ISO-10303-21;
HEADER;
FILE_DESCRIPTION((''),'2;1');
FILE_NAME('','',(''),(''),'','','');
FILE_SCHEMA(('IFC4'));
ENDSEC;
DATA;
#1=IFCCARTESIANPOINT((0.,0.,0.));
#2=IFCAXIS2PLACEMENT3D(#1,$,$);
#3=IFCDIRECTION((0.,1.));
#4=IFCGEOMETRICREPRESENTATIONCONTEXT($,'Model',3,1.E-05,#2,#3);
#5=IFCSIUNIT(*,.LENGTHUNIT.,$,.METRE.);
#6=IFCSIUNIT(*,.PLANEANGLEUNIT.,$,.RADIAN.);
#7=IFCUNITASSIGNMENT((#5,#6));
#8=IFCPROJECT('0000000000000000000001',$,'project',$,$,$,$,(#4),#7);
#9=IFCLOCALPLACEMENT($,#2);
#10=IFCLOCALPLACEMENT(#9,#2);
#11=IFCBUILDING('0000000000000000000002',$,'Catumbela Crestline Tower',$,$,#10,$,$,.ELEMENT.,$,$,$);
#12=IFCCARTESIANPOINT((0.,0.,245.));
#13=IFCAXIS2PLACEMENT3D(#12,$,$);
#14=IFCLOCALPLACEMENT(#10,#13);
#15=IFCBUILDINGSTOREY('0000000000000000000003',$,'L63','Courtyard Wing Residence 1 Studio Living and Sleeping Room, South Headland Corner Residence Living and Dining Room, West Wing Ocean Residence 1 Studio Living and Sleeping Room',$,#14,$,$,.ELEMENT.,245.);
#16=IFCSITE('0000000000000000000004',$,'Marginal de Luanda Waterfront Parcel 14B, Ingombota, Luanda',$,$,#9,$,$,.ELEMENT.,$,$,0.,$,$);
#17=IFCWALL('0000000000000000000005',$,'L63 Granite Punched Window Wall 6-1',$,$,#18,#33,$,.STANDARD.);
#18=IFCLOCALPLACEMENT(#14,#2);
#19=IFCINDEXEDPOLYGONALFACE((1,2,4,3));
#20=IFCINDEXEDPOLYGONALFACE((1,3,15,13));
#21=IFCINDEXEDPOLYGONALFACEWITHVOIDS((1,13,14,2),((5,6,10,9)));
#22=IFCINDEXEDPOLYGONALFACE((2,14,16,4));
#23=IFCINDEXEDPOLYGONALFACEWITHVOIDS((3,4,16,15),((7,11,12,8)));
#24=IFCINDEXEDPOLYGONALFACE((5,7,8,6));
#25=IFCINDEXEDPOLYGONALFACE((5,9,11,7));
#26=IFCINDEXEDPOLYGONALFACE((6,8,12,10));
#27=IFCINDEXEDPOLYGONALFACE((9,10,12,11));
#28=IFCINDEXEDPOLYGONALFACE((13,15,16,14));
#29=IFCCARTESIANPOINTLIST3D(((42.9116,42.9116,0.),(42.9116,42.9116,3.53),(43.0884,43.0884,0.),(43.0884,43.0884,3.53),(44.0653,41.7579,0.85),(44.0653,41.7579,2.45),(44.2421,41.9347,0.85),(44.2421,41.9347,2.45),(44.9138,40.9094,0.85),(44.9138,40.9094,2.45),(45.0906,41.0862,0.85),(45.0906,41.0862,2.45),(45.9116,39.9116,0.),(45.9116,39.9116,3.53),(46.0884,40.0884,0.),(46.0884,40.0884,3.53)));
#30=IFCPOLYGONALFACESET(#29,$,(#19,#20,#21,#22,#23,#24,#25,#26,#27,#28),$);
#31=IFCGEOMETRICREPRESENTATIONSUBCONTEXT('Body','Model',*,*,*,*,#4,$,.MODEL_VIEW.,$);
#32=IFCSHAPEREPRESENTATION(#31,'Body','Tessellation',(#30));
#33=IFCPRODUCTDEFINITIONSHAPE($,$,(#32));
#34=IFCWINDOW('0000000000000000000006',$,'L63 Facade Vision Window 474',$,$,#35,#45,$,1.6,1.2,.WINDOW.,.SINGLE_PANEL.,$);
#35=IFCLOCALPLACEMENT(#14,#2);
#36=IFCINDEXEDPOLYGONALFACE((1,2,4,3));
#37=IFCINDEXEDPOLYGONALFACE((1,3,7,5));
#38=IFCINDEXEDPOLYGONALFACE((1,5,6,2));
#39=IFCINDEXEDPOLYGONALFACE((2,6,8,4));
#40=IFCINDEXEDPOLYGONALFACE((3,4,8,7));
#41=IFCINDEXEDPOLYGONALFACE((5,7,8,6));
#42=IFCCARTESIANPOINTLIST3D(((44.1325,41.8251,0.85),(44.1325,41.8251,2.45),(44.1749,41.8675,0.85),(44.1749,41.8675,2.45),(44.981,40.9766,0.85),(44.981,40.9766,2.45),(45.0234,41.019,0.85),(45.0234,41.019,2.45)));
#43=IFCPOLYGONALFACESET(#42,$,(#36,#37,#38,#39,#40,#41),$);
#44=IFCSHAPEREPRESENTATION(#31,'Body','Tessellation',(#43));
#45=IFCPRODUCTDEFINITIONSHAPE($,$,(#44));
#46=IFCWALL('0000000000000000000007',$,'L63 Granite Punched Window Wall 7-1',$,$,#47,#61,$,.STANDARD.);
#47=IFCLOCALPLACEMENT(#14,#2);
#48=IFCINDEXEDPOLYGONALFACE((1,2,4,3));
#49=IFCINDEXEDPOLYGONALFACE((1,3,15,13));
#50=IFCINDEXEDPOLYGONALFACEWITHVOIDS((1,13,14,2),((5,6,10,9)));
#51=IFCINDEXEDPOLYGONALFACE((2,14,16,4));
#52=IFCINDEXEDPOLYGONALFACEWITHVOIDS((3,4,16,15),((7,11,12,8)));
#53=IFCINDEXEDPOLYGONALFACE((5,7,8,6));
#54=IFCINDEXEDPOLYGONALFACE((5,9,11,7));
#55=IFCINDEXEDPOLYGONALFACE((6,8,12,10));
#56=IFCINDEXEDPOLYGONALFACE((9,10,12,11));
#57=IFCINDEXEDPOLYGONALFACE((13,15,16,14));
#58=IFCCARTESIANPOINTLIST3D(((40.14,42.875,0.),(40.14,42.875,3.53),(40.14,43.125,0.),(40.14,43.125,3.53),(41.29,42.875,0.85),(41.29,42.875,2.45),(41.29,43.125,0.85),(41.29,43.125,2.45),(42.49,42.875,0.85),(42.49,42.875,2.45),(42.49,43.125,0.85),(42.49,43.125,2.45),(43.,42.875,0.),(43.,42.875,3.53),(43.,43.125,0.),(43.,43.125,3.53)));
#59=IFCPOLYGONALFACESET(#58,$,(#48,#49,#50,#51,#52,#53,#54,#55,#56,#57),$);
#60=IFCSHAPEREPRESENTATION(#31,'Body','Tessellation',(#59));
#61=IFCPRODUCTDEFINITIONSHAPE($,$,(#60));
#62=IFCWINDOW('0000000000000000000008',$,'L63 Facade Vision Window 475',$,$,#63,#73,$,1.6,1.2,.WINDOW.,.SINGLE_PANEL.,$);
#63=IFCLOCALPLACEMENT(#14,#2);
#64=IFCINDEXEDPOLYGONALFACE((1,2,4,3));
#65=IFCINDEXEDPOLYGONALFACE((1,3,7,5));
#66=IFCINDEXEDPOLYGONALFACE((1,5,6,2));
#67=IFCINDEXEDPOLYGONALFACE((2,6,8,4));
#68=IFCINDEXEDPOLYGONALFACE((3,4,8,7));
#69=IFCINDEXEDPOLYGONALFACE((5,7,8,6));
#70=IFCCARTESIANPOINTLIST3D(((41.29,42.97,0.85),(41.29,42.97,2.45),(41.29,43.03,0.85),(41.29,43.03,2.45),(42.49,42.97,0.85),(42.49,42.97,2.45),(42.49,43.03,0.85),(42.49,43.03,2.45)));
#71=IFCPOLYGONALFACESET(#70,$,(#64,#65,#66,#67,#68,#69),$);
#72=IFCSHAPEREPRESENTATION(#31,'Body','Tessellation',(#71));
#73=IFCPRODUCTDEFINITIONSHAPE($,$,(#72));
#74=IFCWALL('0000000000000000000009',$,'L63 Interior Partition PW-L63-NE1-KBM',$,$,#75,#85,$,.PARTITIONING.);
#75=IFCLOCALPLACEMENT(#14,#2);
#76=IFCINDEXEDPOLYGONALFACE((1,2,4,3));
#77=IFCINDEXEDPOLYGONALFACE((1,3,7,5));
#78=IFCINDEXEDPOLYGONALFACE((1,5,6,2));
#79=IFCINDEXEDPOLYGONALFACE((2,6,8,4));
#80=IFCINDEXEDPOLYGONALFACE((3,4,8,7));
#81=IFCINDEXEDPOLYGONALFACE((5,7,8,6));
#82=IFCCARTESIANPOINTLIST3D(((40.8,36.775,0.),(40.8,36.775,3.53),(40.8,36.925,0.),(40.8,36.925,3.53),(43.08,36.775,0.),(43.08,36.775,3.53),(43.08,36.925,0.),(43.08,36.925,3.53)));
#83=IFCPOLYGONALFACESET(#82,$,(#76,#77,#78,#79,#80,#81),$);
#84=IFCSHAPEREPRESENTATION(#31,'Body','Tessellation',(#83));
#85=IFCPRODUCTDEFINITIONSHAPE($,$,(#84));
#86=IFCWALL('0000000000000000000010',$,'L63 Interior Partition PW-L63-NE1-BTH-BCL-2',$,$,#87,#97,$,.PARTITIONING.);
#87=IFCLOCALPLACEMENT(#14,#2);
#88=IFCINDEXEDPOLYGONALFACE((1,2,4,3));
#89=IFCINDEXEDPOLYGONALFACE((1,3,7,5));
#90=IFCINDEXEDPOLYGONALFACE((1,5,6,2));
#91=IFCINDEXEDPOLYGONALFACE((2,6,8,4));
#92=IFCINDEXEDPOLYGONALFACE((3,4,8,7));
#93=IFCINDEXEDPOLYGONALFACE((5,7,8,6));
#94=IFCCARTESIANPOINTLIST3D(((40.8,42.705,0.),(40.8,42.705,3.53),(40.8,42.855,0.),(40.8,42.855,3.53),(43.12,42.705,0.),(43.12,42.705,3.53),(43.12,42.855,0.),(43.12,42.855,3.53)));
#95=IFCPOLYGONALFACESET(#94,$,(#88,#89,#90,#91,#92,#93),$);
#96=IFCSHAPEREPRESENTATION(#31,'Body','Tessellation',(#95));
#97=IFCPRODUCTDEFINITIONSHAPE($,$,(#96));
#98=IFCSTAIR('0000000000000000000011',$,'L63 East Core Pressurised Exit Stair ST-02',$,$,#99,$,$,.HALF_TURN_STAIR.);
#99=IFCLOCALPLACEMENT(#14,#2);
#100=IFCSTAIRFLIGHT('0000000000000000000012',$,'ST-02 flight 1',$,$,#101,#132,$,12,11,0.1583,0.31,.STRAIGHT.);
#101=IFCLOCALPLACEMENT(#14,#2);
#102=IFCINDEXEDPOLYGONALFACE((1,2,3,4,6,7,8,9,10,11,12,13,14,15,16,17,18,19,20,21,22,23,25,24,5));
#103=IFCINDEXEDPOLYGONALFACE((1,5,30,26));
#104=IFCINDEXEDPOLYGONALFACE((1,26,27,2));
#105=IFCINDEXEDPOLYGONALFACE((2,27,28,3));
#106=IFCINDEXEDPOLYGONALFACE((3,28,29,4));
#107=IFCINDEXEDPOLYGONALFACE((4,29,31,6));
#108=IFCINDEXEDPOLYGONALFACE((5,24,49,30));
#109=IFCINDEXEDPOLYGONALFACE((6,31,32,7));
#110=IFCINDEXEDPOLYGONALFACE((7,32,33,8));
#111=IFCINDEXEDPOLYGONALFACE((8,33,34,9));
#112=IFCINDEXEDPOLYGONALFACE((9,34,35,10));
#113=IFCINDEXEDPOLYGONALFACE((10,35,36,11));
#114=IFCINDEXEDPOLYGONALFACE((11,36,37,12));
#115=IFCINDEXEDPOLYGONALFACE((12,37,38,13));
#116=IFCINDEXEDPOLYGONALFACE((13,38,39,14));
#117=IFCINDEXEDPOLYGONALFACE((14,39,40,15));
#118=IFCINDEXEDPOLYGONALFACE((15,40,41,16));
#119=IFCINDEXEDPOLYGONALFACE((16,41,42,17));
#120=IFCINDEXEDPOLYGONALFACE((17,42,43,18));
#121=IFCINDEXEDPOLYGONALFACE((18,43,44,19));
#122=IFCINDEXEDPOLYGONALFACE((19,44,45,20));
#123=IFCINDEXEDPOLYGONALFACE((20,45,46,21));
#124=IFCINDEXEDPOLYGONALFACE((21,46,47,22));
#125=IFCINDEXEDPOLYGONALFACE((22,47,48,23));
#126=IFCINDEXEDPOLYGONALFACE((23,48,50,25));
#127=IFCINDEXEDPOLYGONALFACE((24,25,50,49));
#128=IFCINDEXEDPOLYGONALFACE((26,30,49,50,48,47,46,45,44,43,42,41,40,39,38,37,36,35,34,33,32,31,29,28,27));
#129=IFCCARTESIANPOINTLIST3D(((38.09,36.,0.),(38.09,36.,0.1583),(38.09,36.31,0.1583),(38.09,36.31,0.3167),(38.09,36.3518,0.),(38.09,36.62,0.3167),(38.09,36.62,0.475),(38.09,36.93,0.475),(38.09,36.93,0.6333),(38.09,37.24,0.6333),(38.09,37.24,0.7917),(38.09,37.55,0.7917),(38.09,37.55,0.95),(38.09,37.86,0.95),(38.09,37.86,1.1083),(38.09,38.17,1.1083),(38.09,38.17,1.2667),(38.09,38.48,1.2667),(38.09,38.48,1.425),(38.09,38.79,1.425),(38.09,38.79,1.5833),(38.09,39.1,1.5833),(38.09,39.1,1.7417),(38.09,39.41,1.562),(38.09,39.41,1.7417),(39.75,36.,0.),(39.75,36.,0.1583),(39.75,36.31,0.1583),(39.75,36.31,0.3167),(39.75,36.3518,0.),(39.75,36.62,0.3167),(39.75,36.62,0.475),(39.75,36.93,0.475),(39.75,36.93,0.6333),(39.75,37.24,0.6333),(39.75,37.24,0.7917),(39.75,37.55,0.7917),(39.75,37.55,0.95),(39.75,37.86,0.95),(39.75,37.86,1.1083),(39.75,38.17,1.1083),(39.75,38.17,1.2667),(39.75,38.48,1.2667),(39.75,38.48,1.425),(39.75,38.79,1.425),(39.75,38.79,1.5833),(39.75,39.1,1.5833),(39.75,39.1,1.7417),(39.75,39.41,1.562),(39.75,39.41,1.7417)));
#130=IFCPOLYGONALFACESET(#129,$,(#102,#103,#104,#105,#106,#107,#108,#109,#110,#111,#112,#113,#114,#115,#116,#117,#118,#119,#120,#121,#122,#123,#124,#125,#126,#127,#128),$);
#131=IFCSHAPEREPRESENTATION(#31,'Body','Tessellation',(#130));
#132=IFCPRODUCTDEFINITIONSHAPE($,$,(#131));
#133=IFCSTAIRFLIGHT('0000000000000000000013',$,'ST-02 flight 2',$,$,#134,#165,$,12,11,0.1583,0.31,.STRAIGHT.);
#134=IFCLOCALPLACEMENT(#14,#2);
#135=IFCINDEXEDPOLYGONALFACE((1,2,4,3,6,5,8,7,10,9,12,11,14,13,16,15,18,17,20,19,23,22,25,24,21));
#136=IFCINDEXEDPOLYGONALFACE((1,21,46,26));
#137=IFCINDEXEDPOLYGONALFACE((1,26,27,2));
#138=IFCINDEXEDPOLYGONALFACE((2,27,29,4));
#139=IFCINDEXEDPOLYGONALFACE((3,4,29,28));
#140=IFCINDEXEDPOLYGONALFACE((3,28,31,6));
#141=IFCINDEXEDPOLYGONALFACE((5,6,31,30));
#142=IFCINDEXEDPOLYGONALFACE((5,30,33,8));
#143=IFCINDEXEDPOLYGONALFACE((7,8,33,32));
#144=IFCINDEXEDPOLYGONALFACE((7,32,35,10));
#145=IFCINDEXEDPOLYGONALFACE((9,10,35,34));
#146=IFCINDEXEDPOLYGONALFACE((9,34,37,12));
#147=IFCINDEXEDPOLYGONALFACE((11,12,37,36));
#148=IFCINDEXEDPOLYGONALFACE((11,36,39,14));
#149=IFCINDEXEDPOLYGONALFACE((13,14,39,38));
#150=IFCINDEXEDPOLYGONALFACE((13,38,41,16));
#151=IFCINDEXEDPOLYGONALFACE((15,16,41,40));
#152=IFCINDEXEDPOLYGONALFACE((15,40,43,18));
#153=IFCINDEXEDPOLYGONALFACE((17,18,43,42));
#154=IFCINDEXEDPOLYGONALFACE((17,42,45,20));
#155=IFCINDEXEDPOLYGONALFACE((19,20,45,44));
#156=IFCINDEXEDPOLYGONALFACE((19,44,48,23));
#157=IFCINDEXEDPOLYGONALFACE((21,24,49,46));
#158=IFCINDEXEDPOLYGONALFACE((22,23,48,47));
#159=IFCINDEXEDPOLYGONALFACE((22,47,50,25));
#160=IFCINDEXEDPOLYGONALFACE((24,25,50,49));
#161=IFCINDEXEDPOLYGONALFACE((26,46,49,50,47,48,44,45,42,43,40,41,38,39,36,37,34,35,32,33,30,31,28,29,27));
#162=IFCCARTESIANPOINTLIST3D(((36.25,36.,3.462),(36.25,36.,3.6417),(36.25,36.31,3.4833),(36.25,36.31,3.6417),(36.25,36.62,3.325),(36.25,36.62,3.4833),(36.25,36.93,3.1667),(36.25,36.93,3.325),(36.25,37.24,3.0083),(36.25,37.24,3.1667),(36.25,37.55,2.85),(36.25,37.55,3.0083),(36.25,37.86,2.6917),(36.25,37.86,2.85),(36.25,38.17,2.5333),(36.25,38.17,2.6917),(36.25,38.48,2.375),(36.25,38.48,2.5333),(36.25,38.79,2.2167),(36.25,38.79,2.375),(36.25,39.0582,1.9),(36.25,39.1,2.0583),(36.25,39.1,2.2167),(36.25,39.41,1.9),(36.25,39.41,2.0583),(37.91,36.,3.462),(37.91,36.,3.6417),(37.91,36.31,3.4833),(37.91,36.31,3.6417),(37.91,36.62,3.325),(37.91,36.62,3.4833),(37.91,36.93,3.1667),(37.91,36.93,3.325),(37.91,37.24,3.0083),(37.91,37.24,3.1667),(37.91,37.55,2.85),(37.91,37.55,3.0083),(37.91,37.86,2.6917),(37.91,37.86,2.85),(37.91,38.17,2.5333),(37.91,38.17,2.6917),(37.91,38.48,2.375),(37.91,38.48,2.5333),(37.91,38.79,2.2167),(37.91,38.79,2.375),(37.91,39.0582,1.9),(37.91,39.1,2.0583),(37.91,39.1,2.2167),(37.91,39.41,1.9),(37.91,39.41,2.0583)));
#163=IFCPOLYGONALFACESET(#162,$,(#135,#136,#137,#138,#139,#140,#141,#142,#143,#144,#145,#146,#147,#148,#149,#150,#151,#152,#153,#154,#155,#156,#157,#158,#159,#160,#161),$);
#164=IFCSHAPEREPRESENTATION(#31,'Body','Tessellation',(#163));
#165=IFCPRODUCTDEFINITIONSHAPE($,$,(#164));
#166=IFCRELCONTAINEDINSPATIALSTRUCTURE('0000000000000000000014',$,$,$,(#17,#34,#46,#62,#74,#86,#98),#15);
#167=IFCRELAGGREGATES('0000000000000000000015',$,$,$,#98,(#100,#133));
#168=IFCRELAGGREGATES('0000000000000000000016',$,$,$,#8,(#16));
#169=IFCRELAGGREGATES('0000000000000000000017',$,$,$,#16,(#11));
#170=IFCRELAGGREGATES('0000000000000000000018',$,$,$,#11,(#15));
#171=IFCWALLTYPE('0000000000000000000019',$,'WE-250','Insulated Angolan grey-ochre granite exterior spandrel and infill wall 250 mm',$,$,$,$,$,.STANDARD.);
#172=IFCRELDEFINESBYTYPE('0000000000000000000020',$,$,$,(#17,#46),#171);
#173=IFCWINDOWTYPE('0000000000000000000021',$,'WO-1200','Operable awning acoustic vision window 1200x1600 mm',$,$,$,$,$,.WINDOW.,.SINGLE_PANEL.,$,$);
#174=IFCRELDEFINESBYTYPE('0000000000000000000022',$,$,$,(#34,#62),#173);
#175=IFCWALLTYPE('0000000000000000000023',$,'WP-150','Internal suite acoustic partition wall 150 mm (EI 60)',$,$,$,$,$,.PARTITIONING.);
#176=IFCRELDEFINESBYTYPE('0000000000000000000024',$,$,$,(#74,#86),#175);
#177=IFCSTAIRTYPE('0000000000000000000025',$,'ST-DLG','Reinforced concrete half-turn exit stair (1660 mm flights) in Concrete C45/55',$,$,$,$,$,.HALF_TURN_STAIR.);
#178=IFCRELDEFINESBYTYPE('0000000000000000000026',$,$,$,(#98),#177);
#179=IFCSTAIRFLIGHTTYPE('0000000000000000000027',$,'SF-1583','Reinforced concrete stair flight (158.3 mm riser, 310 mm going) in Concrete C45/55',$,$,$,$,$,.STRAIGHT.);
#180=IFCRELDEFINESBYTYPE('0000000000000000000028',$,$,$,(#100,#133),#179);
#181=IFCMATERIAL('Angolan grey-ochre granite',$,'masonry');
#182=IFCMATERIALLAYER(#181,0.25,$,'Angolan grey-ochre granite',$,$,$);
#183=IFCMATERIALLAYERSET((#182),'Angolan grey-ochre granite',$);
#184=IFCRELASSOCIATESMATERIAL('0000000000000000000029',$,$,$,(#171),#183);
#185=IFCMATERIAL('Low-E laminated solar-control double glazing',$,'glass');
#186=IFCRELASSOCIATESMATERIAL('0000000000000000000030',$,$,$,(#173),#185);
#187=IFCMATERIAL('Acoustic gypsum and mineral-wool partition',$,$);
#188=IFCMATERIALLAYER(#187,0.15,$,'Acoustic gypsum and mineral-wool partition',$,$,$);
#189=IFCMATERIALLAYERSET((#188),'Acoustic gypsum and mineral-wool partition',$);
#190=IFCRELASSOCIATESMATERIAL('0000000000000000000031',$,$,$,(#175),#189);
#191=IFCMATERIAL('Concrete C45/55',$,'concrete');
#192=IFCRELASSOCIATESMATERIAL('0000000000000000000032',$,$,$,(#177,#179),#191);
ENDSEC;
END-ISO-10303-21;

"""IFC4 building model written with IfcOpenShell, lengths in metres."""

from ifc_helpers import new_model, si_unit, direction, frame, frame_2d, origin, place, context, subcontext, project, spatial, polyline, rectangle, outline, extrude, material, layer, layer_set, type_object, element, fill, aggregate, save


model = new_model("IFC4")

# Units and contexts
model_context = context("Model", 3, precision=1e-05, world=origin(), true_north=direction((0.0, 1.0)))
body_context = subcontext(model_context, "Body", "Model", "MODEL_VIEW")
ifc_project = project(units=[si_unit("LENGTHUNIT", "METRE"), si_unit("PLANEANGLEUNIT", "RADIAN")], contexts=[model_context])

# Site, building, storey
site_placement = place(None, origin())
site = spatial("IfcSite", under=ifc_project, at=site_placement, Name="Marginal de Luanda Waterfront Parcel 14B, Ingombota, Luanda", CompositionType="ELEMENT", RefElevation=0.0)
building_placement = place(site_placement, origin())
building = spatial("IfcBuilding", under=site, at=building_placement, Name="Catumbela Crestline Tower", CompositionType="ELEMENT")
storey_placement = place(building_placement, frame((0.0, 0.0, 245.0)))
storey = spatial("IfcBuildingStorey", under=building, at=storey_placement, Name="L63", Description="Courtyard Wing Residence 1 Studio Living and Sleeping Room, South Headland Corner Residence Living and Dining Room, West Wing Ocean Residence 1 Studio Living and Sleeping Room", CompositionType="ELEMENT", Elevation=245.0)

# Shared definitions
ifc_material_1 = material(Name="Low-E laminated solar-control double glazing", Category="glass")

# Walls, openings, windows
ifc_material_2 = material(Name="Angolan grey-ochre granite", Category="masonry")
ifc_layer_1 = layer(ifc_material_2, 0.25, Name="Angolan grey-ochre granite")
ifc_layer_set_1 = layer_set([ifc_layer_1], Name="Angolan grey-ochre granite")
wall_type_1 = type_object("IfcWallType", Name="WE-250", Description="Insulated Angolan grey-ochre granite exterior spandrel and infill wall 250 mm", PredefinedType="STANDARD", material=ifc_layer_set_1)
wall_1_placement = place(storey_placement, frame((46.0, 40.0, 0.0), z_axis=(0.0, 0.0, 1.0), x_axis=(-0.707107, 0.707107, 0.0)))
wall_1 = element("IfcWall", 1, at=wall_1_placement, inside=storey, type_object=wall_type_1, Name="L63 Granite Punched Window Wall 6-1", PredefinedType="STANDARD", context=body_context, shape_type="SweptSolid", body=[
    extrude(rectangle(XDim=4.2426, YDim=0.25, at=frame_2d((2.1213, 0.0))), origin(), (0.0, 0.0, 1.0), 3.53),
])
opening_1_placement = place(wall_1_placement, frame((1.4111, 0.0, 0.85)))
opening_1 = element("IfcOpeningElement", 2, at=opening_1_placement, cuts=wall_1, PredefinedType="OPENING", context=body_context, shape_type="SweptSolid", body=[
    extrude(rectangle(XDim=1.2, YDim=1.6, at=frame_2d((0.6, 0.8))), frame((0.0, 0.135, 0.0), z_axis=(0.0, -1.0, 0.0), x_axis=(1.0, 0.0, 0.0)), (0.0, 0.0, 1.0), 0.27),
])
window_type = type_object("IfcWindowType", Name="WO-1200", Description="Operable awning acoustic vision window 1200x1600 mm", PartitioningType="SINGLE_PANEL", PredefinedType="WINDOW", material=ifc_material_1)
window_1_placement = place(opening_1_placement, origin())
window_1 = element("IfcWindow", 3, at=window_1_placement, inside=storey, type_object=window_type, Name="L63 Facade Vision Window 474", OverallHeight=1.6, OverallWidth=1.2, PartitioningType="SINGLE_PANEL", PredefinedType="WINDOW", context=body_context, shape_type="SweptSolid", body=[
    extrude(rectangle(XDim=1.2, YDim=1.6, at=frame_2d((0.6, 0.8))), frame((0.0, 0.03, 0.0), z_axis=(0.0, -1.0, 0.0), x_axis=(1.0, 0.0, 0.0)), (0.0, 0.0, 1.0), 0.06),
])
fill(opening_1, window_1)
wall_2_placement = place(storey_placement, frame((43.0, 43.0, 0.0), z_axis=(0.0, 0.0, 1.0), x_axis=(-1.0, 0.0, 0.0)))
wall_2 = element("IfcWall", 4, at=wall_2_placement, inside=storey, type_object=wall_type_1, Name="L63 Granite Punched Window Wall 7-1", PredefinedType="STANDARD", context=body_context, shape_type="SweptSolid", body=[
    extrude(rectangle(XDim=2.86, YDim=0.25, at=frame_2d((1.43, 0.0))), origin(), (0.0, 0.0, 1.0), 3.53),
])
opening_2_placement = place(wall_2_placement, frame((0.51, 0.0, 0.85)))
opening_2 = element("IfcOpeningElement", 5, at=opening_2_placement, cuts=wall_2, PredefinedType="OPENING", context=body_context, shape_type="SweptSolid", body=[
    extrude(rectangle(XDim=1.2, YDim=1.6, at=frame_2d((0.6, 0.8))), frame((0.0, 0.135, 0.0), z_axis=(0.0, -1.0, 0.0), x_axis=(1.0, 0.0, 0.0)), (0.0, 0.0, 1.0), 0.27),
])
window_2_placement = place(opening_2_placement, origin())
window_2 = element("IfcWindow", 6, at=window_2_placement, inside=storey, type_object=window_type, Name="L63 Facade Vision Window 475", OverallHeight=1.6, OverallWidth=1.2, PartitioningType="SINGLE_PANEL", PredefinedType="WINDOW", context=body_context, shape_type="SweptSolid", body=[
    extrude(rectangle(XDim=1.2, YDim=1.6, at=frame_2d((0.6, 0.8))), frame((0.0, 0.03, 0.0), z_axis=(0.0, -1.0, 0.0), x_axis=(1.0, 0.0, 0.0)), (0.0, 0.0, 1.0), 0.06),
])
fill(opening_2, window_2)

# Walls
ifc_material_3 = material(Name="Acoustic gypsum and mineral-wool partition")
ifc_layer_2 = layer(ifc_material_3, 0.15, Name="Acoustic gypsum and mineral-wool partition")
ifc_layer_set_2 = layer_set([ifc_layer_2], Name="Acoustic gypsum and mineral-wool partition")
wall_type_2 = type_object("IfcWallType", Name="WP-150", Description="Internal suite acoustic partition wall 150 mm (EI 60)", PredefinedType="PARTITIONING", material=ifc_layer_set_2)
wall_3_placement = place(storey_placement, frame((40.8, 36.85, 0.0), z_axis=(0.0, 0.0, 1.0), x_axis=(1.0, 0.0, 0.0)))
element("IfcWall", 7, at=wall_3_placement, inside=storey, type_object=wall_type_2, Name="L63 Interior Partition PW-L63-NE1-KBM", PredefinedType="PARTITIONING", context=body_context, shape_type="SweptSolid", body=[
    extrude(rectangle(XDim=2.28, YDim=0.15, at=frame_2d((1.14, 0.0))), origin(), (0.0, 0.0, 1.0), 3.53),
])
wall_4_placement = place(storey_placement, frame((40.8, 42.78, 0.0), z_axis=(0.0, 0.0, 1.0), x_axis=(1.0, 0.0, 0.0)))
element("IfcWall", 8, at=wall_4_placement, inside=storey, type_object=wall_type_2, Name="L63 Interior Partition PW-L63-NE1-BTH-BCL-2", PredefinedType="PARTITIONING", context=body_context, shape_type="SweptSolid", body=[
    extrude(rectangle(XDim=2.32, YDim=0.15, at=frame_2d((1.16, 0.0))), origin(), (0.0, 0.0, 1.0), 3.53),
])

# Stair, stair flights
ifc_material_4 = material(Name="Concrete C45/55", Category="concrete")
stair_type = type_object("IfcStairType", Name="ST-DLG", Description="Reinforced concrete half-turn exit stair (1660 mm flights) in Concrete C45/55", PredefinedType="HALF_TURN_STAIR", material=ifc_material_4)
stair_placement = place(storey_placement, origin())
stair = element("IfcStair", 9, at=stair_placement, inside=storey, type_object=stair_type, Name="L63 East Core Pressurised Exit Stair ST-02", PredefinedType="HALF_TURN_STAIR")
stair_flight_type = type_object("IfcStairFlightType", Name="SF-1583", Description="Reinforced concrete stair flight (158.3 mm riser, 310 mm going) in Concrete C45/55", PredefinedType="STRAIGHT", material=ifc_material_4)
stair_flight_1_placement = place(storey_placement, frame((38.92, 36.0, 0.0), z_axis=(0.0, 0.0, 1.0), x_axis=(0.0, 1.0, 0.0)))
stair_flight_1 = element("IfcStairFlight", 10, at=stair_flight_1_placement, type_object=stair_flight_type, Name="ST-02 flight 1", NumberOfRisers=12, NumberOfTreads=11, PredefinedType="STRAIGHT", RiserHeight=0.1583, TreadLength=0.31, context=body_context, shape_type="SweptSolid", body=[
    extrude(outline(polyline([(0.0, 0.0), (0.0, 0.1583), (0.31, 0.1583), (0.31, 0.3167), (0.62, 0.3167), (0.62, 0.475), (0.93, 0.475), (0.93, 0.6333), (1.24, 0.6333), (1.24, 0.7917), (1.55, 0.7917), (1.55, 0.95), (1.86, 0.95), (1.86, 1.1083), (2.17, 1.1083), (2.17, 1.2667), (2.48, 1.2667), (2.48, 1.425), (2.79, 1.425), (2.79, 1.5833), (3.1, 1.5833), (3.1, 1.7417), (3.41, 1.7417), (3.41, 1.9), (3.41, 1.562), (0.3518, 0.0), (0.0, 0.0)])), frame((0.0, 0.83, 0.0), z_axis=(0.0, -1.0, 0.0), x_axis=(1.0, 0.0, 0.0)), (0.0, 0.0, 1.0), 1.66),
])
stair_flight_2_placement = place(storey_placement, frame((37.08, 39.41, 1.9), z_axis=(0.0, 0.0, 1.0), x_axis=(0.0, -1.0, 0.0)))
stair_flight_2 = element("IfcStairFlight", 11, at=stair_flight_2_placement, type_object=stair_flight_type, Name="ST-02 flight 2", NumberOfRisers=12, NumberOfTreads=11, PredefinedType="STRAIGHT", RiserHeight=0.1583, TreadLength=0.31, context=body_context, shape_type="SweptSolid", body=[
    extrude(outline(polyline([(0.0, 0.0), (0.0, 0.1583), (0.31, 0.1583), (0.31, 0.3167), (0.62, 0.3167), (0.62, 0.475), (0.93, 0.475), (0.93, 0.6333), (1.24, 0.6333), (1.24, 0.7917), (1.55, 0.7917), (1.55, 0.95), (1.86, 0.95), (1.86, 1.1083), (2.17, 1.1083), (2.17, 1.2667), (2.48, 1.2667), (2.48, 1.425), (2.79, 1.425), (2.79, 1.5833), (3.1, 1.5833), (3.1, 1.7417), (3.41, 1.7417), (3.41, 1.9), (3.41, 1.562), (0.3518, 0.0), (0.0, 0.0)])), frame((0.0, 0.83, 0.0), z_axis=(0.0, -1.0, 0.0), x_axis=(1.0, 0.0, 0.0)), (0.0, 0.0, 1.0), 1.66),
])
aggregate(stair, [stair_flight_1, stair_flight_2])

save(model, "model.ifc")
